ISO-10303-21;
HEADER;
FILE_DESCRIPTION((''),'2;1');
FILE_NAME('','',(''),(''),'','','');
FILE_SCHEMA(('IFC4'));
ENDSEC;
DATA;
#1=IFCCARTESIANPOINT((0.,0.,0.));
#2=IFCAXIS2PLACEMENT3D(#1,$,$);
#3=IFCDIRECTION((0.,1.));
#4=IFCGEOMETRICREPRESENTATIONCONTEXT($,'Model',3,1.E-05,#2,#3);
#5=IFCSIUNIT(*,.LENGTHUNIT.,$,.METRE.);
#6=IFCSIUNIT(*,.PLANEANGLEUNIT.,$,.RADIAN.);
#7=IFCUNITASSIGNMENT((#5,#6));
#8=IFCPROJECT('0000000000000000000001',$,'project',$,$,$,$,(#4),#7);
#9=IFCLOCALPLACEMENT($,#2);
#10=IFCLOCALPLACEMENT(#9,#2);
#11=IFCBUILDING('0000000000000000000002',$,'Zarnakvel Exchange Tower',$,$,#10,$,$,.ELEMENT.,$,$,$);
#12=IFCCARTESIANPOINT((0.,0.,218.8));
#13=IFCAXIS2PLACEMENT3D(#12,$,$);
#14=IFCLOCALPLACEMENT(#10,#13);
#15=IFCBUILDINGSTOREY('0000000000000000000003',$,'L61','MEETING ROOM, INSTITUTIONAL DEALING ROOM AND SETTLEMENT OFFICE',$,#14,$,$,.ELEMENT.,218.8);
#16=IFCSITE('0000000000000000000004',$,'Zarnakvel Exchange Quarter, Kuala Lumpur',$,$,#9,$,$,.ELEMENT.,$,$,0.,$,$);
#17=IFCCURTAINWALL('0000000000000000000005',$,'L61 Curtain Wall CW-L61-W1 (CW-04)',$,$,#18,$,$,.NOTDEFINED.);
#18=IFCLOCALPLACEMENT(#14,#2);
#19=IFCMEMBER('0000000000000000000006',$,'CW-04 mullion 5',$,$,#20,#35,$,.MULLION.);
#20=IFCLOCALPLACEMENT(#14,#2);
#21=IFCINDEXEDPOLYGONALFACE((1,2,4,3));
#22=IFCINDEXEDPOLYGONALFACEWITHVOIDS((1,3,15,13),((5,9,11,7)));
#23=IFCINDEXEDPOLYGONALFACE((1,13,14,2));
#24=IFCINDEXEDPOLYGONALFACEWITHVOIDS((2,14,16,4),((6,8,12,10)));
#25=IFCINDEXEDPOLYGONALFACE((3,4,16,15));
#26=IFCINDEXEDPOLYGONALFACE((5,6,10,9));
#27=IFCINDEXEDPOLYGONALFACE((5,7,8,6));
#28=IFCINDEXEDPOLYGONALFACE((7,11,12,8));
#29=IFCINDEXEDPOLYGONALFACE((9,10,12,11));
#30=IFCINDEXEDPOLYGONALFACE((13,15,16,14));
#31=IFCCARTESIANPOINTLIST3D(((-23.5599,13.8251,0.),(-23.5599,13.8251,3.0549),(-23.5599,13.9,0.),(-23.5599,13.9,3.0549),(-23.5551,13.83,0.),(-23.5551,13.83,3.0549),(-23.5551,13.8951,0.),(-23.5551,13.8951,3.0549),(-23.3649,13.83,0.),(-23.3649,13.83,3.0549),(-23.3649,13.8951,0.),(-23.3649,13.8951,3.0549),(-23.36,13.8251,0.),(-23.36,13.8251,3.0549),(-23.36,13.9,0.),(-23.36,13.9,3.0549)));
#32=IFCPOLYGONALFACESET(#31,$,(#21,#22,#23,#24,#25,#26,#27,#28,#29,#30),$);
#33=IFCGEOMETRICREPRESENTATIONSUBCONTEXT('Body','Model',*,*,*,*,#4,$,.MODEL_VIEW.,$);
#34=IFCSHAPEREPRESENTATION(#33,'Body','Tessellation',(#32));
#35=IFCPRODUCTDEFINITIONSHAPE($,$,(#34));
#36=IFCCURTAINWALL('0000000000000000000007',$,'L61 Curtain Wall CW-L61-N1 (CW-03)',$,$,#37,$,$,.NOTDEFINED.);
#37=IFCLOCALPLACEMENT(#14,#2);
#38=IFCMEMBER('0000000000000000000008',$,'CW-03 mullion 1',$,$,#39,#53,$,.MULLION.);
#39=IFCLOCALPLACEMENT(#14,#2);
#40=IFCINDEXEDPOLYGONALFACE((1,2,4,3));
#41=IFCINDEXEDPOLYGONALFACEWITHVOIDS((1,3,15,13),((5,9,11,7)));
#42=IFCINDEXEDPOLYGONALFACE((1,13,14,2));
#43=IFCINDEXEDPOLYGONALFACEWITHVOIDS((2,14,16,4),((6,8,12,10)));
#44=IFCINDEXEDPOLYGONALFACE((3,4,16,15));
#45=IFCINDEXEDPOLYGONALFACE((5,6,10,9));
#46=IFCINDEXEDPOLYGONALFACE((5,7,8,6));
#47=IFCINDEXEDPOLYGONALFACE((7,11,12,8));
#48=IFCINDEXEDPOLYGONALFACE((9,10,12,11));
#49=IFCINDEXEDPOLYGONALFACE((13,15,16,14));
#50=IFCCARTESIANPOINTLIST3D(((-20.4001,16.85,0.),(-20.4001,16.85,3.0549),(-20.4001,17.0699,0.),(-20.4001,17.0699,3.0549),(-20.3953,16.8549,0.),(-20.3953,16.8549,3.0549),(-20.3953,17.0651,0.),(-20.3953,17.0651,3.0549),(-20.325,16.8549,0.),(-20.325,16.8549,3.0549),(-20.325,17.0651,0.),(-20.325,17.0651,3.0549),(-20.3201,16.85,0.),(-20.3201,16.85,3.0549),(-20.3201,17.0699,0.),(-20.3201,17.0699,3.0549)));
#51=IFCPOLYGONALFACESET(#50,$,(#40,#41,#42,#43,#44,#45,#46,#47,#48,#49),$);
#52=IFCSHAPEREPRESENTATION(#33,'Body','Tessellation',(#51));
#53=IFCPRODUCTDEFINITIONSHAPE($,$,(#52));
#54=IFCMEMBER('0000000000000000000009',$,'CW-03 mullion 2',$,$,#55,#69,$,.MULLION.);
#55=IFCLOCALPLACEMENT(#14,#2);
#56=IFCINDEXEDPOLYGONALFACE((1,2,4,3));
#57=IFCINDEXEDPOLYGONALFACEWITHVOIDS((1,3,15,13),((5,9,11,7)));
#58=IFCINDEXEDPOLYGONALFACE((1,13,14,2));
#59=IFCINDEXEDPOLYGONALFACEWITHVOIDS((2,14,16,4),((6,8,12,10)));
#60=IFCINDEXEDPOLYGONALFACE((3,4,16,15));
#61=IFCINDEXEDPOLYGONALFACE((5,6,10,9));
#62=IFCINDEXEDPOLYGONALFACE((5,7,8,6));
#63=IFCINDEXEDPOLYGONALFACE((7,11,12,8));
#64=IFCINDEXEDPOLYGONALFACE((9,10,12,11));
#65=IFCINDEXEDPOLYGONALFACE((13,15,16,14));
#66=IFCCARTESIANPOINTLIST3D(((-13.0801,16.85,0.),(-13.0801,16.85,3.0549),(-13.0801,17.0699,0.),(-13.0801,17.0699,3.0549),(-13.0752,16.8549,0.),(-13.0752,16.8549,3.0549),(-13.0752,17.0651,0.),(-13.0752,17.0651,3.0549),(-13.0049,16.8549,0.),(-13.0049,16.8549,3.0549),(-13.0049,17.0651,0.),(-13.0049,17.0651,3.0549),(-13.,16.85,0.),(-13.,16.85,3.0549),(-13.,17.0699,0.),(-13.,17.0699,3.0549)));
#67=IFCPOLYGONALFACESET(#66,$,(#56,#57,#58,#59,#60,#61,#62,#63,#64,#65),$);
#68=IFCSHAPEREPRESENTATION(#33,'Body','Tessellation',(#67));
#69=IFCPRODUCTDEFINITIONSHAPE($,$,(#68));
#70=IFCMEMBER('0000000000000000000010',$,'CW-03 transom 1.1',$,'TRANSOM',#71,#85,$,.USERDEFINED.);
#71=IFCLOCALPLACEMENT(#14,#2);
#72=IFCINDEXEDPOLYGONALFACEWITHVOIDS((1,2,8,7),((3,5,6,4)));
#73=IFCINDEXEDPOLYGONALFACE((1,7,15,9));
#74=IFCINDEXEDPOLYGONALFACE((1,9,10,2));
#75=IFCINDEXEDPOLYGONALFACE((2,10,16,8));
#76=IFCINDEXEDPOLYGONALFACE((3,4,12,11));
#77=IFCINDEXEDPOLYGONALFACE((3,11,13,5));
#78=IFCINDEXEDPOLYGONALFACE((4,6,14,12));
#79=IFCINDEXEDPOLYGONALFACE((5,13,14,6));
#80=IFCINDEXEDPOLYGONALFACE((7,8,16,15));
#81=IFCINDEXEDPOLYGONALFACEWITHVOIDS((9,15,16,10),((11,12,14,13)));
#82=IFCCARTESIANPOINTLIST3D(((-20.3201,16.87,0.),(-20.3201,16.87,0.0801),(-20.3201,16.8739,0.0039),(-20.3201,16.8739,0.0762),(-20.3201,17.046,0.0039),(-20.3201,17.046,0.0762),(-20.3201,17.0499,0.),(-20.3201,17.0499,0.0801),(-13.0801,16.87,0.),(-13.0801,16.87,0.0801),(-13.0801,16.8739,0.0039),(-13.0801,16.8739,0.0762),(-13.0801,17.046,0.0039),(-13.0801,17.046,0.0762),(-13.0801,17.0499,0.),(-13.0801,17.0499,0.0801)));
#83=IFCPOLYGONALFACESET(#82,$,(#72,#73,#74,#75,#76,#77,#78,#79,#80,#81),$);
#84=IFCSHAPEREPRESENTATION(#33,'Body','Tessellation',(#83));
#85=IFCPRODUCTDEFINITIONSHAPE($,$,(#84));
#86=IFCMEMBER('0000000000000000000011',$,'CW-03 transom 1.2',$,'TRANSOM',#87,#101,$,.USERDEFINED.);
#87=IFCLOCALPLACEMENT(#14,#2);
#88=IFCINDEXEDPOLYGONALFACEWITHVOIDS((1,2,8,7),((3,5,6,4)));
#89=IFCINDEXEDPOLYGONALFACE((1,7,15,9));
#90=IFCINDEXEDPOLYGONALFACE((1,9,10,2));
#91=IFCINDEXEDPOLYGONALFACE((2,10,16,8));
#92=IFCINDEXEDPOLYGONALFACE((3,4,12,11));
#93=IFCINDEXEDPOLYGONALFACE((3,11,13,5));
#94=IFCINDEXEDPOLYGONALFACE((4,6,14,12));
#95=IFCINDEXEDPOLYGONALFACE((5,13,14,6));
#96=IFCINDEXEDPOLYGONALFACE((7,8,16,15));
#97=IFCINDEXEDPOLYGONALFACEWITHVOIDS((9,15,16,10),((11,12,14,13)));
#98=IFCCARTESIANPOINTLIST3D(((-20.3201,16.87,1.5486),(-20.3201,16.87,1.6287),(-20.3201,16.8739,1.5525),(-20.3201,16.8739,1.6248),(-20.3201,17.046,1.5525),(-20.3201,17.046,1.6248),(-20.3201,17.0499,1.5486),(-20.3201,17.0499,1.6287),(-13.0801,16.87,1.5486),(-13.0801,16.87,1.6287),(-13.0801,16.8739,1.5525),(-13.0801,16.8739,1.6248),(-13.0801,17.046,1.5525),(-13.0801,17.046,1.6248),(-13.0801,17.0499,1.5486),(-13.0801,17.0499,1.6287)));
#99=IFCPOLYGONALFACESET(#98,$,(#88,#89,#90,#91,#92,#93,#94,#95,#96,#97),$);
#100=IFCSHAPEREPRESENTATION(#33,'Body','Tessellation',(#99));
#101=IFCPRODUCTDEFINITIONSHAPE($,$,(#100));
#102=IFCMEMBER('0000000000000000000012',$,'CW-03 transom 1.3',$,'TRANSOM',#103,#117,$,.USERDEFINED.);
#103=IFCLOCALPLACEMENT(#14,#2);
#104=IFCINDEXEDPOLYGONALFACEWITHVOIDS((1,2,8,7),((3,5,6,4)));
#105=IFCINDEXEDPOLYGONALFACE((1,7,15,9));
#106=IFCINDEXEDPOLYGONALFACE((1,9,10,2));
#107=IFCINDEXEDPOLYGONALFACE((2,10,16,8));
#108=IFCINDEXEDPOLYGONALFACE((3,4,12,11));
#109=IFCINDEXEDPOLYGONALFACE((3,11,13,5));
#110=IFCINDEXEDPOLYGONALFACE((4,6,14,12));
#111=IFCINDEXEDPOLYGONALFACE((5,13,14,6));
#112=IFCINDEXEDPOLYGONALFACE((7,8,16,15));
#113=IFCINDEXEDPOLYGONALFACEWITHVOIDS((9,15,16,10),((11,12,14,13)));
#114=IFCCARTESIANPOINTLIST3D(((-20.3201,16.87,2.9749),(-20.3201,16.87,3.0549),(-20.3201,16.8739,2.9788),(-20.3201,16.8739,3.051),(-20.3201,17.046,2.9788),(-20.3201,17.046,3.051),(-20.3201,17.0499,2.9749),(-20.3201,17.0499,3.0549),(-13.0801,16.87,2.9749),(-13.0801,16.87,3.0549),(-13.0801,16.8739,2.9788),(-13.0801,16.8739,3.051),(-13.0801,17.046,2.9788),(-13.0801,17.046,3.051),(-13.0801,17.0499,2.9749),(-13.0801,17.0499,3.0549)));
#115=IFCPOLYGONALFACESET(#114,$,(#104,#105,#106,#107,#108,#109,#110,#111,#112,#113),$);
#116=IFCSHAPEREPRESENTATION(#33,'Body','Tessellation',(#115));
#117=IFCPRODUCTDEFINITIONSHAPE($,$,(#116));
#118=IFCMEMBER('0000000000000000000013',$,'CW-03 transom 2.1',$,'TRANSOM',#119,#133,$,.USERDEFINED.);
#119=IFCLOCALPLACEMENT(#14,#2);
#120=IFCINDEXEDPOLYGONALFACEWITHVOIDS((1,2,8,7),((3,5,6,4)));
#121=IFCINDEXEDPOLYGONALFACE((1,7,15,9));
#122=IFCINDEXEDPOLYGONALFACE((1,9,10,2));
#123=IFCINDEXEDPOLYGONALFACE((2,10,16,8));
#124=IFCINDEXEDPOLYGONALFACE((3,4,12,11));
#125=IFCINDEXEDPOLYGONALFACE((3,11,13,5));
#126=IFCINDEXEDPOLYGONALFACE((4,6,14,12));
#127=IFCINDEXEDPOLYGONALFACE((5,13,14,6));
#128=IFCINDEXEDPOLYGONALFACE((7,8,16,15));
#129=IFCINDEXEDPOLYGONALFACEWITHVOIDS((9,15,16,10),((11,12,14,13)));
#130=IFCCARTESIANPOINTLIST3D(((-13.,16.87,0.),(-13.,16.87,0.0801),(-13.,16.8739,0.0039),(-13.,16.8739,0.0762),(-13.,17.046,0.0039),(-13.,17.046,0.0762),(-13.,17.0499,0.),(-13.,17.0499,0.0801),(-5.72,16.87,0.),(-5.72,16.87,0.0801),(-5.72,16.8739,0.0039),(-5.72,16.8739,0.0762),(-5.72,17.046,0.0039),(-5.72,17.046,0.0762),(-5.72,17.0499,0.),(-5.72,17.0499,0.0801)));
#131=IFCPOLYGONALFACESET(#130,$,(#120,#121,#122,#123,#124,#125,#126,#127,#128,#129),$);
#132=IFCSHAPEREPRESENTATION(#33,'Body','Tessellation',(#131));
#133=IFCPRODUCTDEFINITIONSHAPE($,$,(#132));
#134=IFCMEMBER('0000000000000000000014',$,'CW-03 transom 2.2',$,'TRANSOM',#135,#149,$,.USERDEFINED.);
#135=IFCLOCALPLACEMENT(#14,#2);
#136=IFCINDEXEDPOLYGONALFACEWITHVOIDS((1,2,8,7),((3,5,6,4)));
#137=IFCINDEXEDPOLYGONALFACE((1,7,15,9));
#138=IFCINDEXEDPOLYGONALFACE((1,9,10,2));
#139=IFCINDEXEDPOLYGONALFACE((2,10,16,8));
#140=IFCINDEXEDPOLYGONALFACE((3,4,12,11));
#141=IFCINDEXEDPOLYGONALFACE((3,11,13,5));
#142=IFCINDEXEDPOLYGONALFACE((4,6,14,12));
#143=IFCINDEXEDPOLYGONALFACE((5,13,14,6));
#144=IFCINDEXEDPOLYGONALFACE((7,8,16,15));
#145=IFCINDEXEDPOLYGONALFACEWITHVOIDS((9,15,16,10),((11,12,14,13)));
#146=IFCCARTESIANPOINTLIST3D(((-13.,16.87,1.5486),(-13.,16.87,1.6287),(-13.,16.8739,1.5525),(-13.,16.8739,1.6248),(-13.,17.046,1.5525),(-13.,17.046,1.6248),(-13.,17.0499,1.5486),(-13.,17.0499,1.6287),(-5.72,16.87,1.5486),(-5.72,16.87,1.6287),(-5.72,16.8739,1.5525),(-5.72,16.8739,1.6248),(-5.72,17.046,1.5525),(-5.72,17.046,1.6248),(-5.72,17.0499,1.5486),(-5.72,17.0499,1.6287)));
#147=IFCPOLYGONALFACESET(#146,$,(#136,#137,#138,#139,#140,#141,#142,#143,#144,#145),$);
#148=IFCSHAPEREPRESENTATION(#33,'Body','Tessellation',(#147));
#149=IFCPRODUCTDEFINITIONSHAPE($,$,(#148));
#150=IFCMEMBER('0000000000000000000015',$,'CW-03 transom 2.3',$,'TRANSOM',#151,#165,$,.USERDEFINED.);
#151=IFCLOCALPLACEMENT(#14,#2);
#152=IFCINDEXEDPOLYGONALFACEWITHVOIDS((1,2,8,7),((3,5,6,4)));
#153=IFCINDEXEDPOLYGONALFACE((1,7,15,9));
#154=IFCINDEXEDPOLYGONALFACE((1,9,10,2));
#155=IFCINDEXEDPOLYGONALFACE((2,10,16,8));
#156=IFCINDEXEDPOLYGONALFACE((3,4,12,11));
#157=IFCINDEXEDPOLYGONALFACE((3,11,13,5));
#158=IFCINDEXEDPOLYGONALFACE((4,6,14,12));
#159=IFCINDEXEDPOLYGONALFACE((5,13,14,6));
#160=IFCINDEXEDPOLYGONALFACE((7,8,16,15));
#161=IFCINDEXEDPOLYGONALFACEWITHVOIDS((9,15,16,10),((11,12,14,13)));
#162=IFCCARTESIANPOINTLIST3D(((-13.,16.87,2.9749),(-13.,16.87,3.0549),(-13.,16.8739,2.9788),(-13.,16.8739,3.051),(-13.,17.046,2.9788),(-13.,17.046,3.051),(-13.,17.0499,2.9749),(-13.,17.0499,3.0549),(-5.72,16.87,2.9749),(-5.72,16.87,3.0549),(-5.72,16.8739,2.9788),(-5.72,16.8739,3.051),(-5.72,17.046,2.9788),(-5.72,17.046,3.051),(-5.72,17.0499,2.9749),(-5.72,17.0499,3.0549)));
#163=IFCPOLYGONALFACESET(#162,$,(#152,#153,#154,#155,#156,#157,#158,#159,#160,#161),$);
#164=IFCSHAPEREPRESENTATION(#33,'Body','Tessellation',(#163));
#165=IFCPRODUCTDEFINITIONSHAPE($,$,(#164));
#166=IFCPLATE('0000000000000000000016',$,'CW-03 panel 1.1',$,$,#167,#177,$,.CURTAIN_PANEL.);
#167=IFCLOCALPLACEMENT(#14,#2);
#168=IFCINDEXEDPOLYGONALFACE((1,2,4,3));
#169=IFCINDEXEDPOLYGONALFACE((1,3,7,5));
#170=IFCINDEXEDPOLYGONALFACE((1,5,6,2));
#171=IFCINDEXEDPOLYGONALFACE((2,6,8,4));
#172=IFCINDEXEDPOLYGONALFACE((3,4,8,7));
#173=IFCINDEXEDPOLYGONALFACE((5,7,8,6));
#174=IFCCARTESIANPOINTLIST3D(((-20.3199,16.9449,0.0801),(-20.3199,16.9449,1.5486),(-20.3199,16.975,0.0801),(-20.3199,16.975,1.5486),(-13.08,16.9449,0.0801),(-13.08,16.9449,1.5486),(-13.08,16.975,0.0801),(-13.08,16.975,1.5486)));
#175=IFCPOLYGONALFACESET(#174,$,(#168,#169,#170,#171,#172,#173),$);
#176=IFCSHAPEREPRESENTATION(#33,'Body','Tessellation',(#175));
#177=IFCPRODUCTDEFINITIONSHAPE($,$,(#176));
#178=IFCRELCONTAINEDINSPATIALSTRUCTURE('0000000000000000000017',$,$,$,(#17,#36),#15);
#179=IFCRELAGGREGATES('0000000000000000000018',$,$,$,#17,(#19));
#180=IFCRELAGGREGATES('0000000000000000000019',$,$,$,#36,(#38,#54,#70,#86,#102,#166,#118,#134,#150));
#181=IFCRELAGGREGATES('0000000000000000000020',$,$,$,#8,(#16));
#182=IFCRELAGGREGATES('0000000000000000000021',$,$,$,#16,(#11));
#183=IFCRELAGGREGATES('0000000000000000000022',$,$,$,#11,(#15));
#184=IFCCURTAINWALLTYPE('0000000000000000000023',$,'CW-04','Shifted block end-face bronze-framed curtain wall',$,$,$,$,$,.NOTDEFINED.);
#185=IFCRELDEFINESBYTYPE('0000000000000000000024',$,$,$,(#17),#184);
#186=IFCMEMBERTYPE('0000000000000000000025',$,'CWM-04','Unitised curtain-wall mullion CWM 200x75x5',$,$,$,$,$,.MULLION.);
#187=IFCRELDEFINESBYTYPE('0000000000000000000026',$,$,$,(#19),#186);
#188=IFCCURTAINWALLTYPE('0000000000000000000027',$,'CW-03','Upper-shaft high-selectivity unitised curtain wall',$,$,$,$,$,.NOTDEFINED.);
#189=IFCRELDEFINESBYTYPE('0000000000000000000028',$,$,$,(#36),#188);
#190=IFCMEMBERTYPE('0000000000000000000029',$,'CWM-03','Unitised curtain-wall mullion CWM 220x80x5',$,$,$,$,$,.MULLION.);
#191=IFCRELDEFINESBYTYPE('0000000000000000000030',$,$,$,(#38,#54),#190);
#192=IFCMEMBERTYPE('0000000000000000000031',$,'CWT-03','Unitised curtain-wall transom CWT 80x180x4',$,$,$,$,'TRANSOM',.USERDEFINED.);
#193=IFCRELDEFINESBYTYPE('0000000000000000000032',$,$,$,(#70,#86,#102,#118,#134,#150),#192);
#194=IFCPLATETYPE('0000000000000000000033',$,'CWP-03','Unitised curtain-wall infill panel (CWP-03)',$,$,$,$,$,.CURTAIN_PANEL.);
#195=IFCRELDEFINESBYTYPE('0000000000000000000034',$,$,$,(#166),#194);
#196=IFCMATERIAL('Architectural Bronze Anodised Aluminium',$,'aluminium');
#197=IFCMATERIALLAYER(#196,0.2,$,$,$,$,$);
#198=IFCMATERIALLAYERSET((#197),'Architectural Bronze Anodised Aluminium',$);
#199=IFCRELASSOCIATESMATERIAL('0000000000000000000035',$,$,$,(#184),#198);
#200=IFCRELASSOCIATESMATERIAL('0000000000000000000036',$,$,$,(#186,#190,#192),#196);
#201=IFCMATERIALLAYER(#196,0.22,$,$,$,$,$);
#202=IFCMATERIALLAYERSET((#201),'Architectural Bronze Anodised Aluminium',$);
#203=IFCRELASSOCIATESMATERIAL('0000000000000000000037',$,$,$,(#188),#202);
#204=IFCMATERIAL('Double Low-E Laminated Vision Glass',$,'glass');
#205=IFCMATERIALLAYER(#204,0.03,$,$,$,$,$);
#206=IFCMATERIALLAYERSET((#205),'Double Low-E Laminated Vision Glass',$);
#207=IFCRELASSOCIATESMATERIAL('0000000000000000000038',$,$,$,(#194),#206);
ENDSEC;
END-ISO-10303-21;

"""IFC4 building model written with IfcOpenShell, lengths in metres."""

from ifc_helpers import new_model, si_unit, direction, frame, origin, origin_2d, place, context, subcontext, project, spatial, rectangle, hollow_rectangle, extrude, source, transform, mapped, material, layer, layer_set, material_profile, profile_set, type_object, element, aggregate, save


model = new_model("IFC4")

# Units and contexts
model_context = context("Model", 3, precision=1e-05, world=origin(), true_north=direction((0.0, 1.0)))
body_context = subcontext(model_context, "Body", "Model", "MODEL_VIEW")
ifc_project = project(units=[si_unit("LENGTHUNIT", "METRE"), si_unit("PLANEANGLEUNIT", "RADIAN")], contexts=[model_context])

# Site, building, storey
site_placement = place(None, origin())
site = spatial("IfcSite", under=ifc_project, at=site_placement, Name="Zarnakvel Exchange Quarter, Kuala Lumpur", CompositionType="ELEMENT", RefElevation=0.0)
building_placement = place(site_placement, origin())
building = spatial("IfcBuilding", under=site, at=building_placement, Name="Zarnakvel Exchange Tower", CompositionType="ELEMENT")
storey_placement = place(building_placement, frame((0.0, 0.0, 218.8)))
storey = spatial("IfcBuildingStorey", under=building, at=storey_placement, Name="L61", Description="MEETING ROOM, INSTITUTIONAL DEALING ROOM AND SETTLEMENT OFFICE", CompositionType="ELEMENT", Elevation=218.8)

# Curtain wall, member
ifc_material_1 = material(Name="Architectural Bronze Anodised Aluminium", Category="aluminium")
ifc_layer_1 = layer(ifc_material_1, 0.2)
ifc_layer_set_1 = layer_set([ifc_layer_1], Name="Architectural Bronze Anodised Aluminium")
curtain_wall_type_1 = type_object("IfcCurtainWallType", Name="CW-04", Description="Shifted block end-face bronze-framed curtain wall", PredefinedType="NOTDEFINED", material=ifc_layer_set_1)
curtain_wall_1_placement = place(storey_placement, origin())
curtain_wall_1 = element("IfcCurtainWall", 1, at=curtain_wall_1_placement, inside=storey, type_object=curtain_wall_type_1, Name="L61 Curtain Wall CW-L61-W1 (CW-04)", PredefinedType="NOTDEFINED")
ifc_material_profile_1 = material_profile(ifc_material_1, hollow_rectangle(XDim=0.2, YDim=0.075, WallThickness=0.0049, at=origin_2d()))
ifc_profile_set_1 = profile_set([ifc_material_profile_1], Name="Architectural Bronze Anodised Aluminium")
member_type_1 = type_object("IfcMemberType", Name="CWM-04", Description="Unitised curtain-wall mullion CWM 200x75x5", PredefinedType="MULLION", material=ifc_profile_set_1)
shared_shape_1 = source(origin(), body_context, "Body", "SweptSolid", [
    extrude(hollow_rectangle(XDim=0.2, YDim=0.075, WallThickness=0.0049, at=origin_2d()), origin(), (0.0, 0.0, 1.0), 3.0549),
])
member_1_placement = place(storey_placement, frame((-23.46, 13.8625, 0.0), z_axis=(0.0, 0.0, 1.0), x_axis=(-1.0, 0.0, 0.0)))
member_1 = element("IfcMember", 2, at=member_1_placement, type_object=member_type_1, Name="CW-04 mullion 5", PredefinedType="MULLION", context=body_context, shape_type="MappedRepresentation", body=[
    mapped(shared_shape_1, transform((0.0, 0.0, 0.0), x_axis=(1.0, 0.0, 0.0), y_axis=(0.0, 1.0, 0.0), z_axis=(0.0, 0.0, 1.0), scale=1.0)),
])
aggregate(curtain_wall_1, [member_1])

# Curtain wall, members, plate
ifc_layer_2 = layer(ifc_material_1, 0.22)
ifc_layer_set_2 = layer_set([ifc_layer_2], Name="Architectural Bronze Anodised Aluminium")
curtain_wall_type_2 = type_object("IfcCurtainWallType", Name="CW-03", Description="Upper-shaft high-selectivity unitised curtain wall", PredefinedType="NOTDEFINED", material=ifc_layer_set_2)
curtain_wall_2_placement = place(storey_placement, origin())
curtain_wall_2 = element("IfcCurtainWall", 3, at=curtain_wall_2_placement, inside=storey, type_object=curtain_wall_type_2, Name="L61 Curtain Wall CW-L61-N1 (CW-03)", PredefinedType="NOTDEFINED")
ifc_material_profile_2 = material_profile(ifc_material_1, hollow_rectangle(XDim=0.22, YDim=0.0801, WallThickness=0.0049, at=origin_2d()))
ifc_profile_set_2 = profile_set([ifc_material_profile_2], Name="Architectural Bronze Anodised Aluminium")
member_type_2 = type_object("IfcMemberType", Name="CWM-03", Description="Unitised curtain-wall mullion CWM 220x80x5", PredefinedType="MULLION", material=ifc_profile_set_2)
shared_shape_2 = source(origin(), body_context, "Body", "SweptSolid", [
    extrude(hollow_rectangle(XDim=0.22, YDim=0.0801, WallThickness=0.0049, at=origin_2d()), origin(), (0.0, 0.0, 1.0), 3.0549),
])
member_2_placement = place(storey_placement, frame((-20.3601, 16.96, 0.0), z_axis=(0.0, 0.0, 1.0), x_axis=(0.0, 1.0, 0.0)))
member_2 = element("IfcMember", 4, at=member_2_placement, type_object=member_type_2, Name="CW-03 mullion 1", PredefinedType="MULLION", context=body_context, shape_type="MappedRepresentation", body=[
    mapped(shared_shape_2, transform((0.0, 0.0, 0.0), x_axis=(1.0, 0.0, 0.0), y_axis=(0.0, 1.0, 0.0), z_axis=(0.0, 0.0, 1.0), scale=1.0)),
])
member_3_placement = place(storey_placement, frame((-13.04, 16.96, 0.0), z_axis=(0.0, 0.0, 1.0), x_axis=(0.0, 1.0, 0.0)))
member_3 = element("IfcMember", 5, at=member_3_placement, type_object=member_type_2, Name="CW-03 mullion 2", PredefinedType="MULLION", context=body_context, shape_type="MappedRepresentation", body=[
    mapped(shared_shape_2, transform((0.0, 0.0, 0.0), x_axis=(1.0, 0.0, 0.0), y_axis=(0.0, 1.0, 0.0), z_axis=(0.0, 0.0, 1.0), scale=1.0)),
])
ifc_material_profile_3 = material_profile(ifc_material_1, hollow_rectangle(XDim=0.1799, YDim=0.0801, WallThickness=0.0039, at=origin_2d()))
ifc_profile_set_3 = profile_set([ifc_material_profile_3], Name="Architectural Bronze Anodised Aluminium")
member_type_3 = type_object("IfcMemberType", Name="CWT-03", Description="Unitised curtain-wall transom CWT 80x180x4", ElementType="TRANSOM", PredefinedType="USERDEFINED", material=ifc_profile_set_3)
shared_shape_3 = source(origin(), body_context, "Body", "SweptSolid", [
    extrude(hollow_rectangle(XDim=0.1799, YDim=0.0801, WallThickness=0.0039, at=origin_2d()), origin(), (0.0, 0.0, 1.0), 7.24),
])
member_4_placement = place(storey_placement, frame((-20.3201, 16.96, 0.04), z_axis=(1.0, 0.0, 0.0), x_axis=(0.0, 1.0, 0.0)))
member_4 = element("IfcMember", 6, at=member_4_placement, type_object=member_type_3, Name="CW-03 transom 1.1", ObjectType="TRANSOM", PredefinedType="USERDEFINED", context=body_context, shape_type="MappedRepresentation", body=[
    mapped(shared_shape_3, transform((0.0, 0.0, 0.0), x_axis=(1.0, 0.0, 0.0), y_axis=(0.0, 1.0, 0.0), z_axis=(0.0, 0.0, 1.0), scale=1.0)),
])
member_5_placement = place(storey_placement, frame((-20.3201, 16.96, 1.5886), z_axis=(1.0, 0.0, 0.0), x_axis=(0.0, 1.0, 0.0)))
member_5 = element("IfcMember", 7, at=member_5_placement, type_object=member_type_3, Name="CW-03 transom 1.2", ObjectType="TRANSOM", PredefinedType="USERDEFINED", context=body_context, shape_type="MappedRepresentation", body=[
    mapped(shared_shape_3, transform((0.0, 0.0, 0.0), x_axis=(1.0, 0.0, 0.0), y_axis=(0.0, 1.0, 0.0), z_axis=(0.0, 0.0, 1.0), scale=1.0)),
])
member_6_placement = place(storey_placement, frame((-20.3201, 16.96, 3.0149), z_axis=(1.0, 0.0, 0.0), x_axis=(0.0, 1.0, 0.0)))
member_6 = element("IfcMember", 8, at=member_6_placement, type_object=member_type_3, Name="CW-03 transom 1.3", ObjectType="TRANSOM", PredefinedType="USERDEFINED", context=body_context, shape_type="MappedRepresentation", body=[
    mapped(shared_shape_3, transform((0.0, 0.0, 0.0), x_axis=(1.0, 0.0, 0.0), y_axis=(0.0, 1.0, 0.0), z_axis=(0.0, 0.0, 1.0), scale=1.0)),
])
shared_shape_4 = source(origin(), body_context, "Body", "SweptSolid", [
    extrude(hollow_rectangle(XDim=0.1799, YDim=0.0801, WallThickness=0.0039, at=origin_2d()), origin(), (0.0, 0.0, 1.0), 7.28),
])
member_7_placement = place(storey_placement, frame((-13.0, 16.96, 0.04), z_axis=(1.0, 0.0, 0.0), x_axis=(0.0, 1.0, 0.0)))
member_7 = element("IfcMember", 9, at=member_7_placement, type_object=member_type_3, Name="CW-03 transom 2.1", ObjectType="TRANSOM", PredefinedType="USERDEFINED", context=body_context, shape_type="MappedRepresentation", body=[
    mapped(shared_shape_4, transform((0.0, 0.0, 0.0), x_axis=(1.0, 0.0, 0.0), y_axis=(0.0, 1.0, 0.0), z_axis=(0.0, 0.0, 1.0), scale=1.0)),
])
member_8_placement = place(storey_placement, frame((-13.0, 16.96, 1.5886), z_axis=(1.0, 0.0, 0.0), x_axis=(0.0, 1.0, 0.0)))
member_8 = element("IfcMember", 10, at=member_8_placement, type_object=member_type_3, Name="CW-03 transom 2.2", ObjectType="TRANSOM", PredefinedType="USERDEFINED", context=body_context, shape_type="MappedRepresentation", body=[
    mapped(shared_shape_4, transform((0.0, 0.0, 0.0), x_axis=(1.0, 0.0, 0.0), y_axis=(0.0, 1.0, 0.0), z_axis=(0.0, 0.0, 1.0), scale=1.0)),
])
member_9_placement = place(storey_placement, frame((-13.0, 16.96, 3.0149), z_axis=(1.0, 0.0, 0.0), x_axis=(0.0, 1.0, 0.0)))
member_9 = element("IfcMember", 11, at=member_9_placement, type_object=member_type_3, Name="CW-03 transom 2.3", ObjectType="TRANSOM", PredefinedType="USERDEFINED", context=body_context, shape_type="MappedRepresentation", body=[
    mapped(shared_shape_4, transform((0.0, 0.0, 0.0), x_axis=(1.0, 0.0, 0.0), y_axis=(0.0, 1.0, 0.0), z_axis=(0.0, 0.0, 1.0), scale=1.0)),
])
ifc_material_2 = material(Name="Double Low-E Laminated Vision Glass", Category="glass")
ifc_layer_3 = layer(ifc_material_2, 0.03)
ifc_layer_set_3 = layer_set([ifc_layer_3], Name="Double Low-E Laminated Vision Glass")
plate_type = type_object("IfcPlateType", Name="CWP-03", Description="Unitised curtain-wall infill panel (CWP-03)", PredefinedType="CURTAIN_PANEL", material=ifc_layer_set_3)
shared_shape_5 = source(origin(), body_context, "Body", "SweptSolid", [
    extrude(rectangle(XDim=7.24, YDim=0.03, at=origin_2d()), origin(), (0.0, 0.0, 1.0), 1.4685),
])
plate_1_placement = place(storey_placement, frame((-16.7, 16.96, 0.0801), z_axis=(0.0, 0.0, 1.0), x_axis=(1.0, 0.0, 0.0)))
plate_1 = element("IfcPlate", 12, at=plate_1_placement, type_object=plate_type, Name="CW-03 panel 1.1", PredefinedType="CURTAIN_PANEL", context=body_context, shape_type="MappedRepresentation", body=[
    mapped(shared_shape_5, transform((0.0, 0.0, 0.0), x_axis=(1.0, 0.0, 0.0), y_axis=(0.0, 1.0, 0.0), z_axis=(0.0, 0.0, 1.0), scale=1.0)),
])
aggregate(curtain_wall_2, [member_2, member_3, member_4, member_5, member_6, plate_1, member_7, member_8, member_9])

save(model, "model.ifc")
